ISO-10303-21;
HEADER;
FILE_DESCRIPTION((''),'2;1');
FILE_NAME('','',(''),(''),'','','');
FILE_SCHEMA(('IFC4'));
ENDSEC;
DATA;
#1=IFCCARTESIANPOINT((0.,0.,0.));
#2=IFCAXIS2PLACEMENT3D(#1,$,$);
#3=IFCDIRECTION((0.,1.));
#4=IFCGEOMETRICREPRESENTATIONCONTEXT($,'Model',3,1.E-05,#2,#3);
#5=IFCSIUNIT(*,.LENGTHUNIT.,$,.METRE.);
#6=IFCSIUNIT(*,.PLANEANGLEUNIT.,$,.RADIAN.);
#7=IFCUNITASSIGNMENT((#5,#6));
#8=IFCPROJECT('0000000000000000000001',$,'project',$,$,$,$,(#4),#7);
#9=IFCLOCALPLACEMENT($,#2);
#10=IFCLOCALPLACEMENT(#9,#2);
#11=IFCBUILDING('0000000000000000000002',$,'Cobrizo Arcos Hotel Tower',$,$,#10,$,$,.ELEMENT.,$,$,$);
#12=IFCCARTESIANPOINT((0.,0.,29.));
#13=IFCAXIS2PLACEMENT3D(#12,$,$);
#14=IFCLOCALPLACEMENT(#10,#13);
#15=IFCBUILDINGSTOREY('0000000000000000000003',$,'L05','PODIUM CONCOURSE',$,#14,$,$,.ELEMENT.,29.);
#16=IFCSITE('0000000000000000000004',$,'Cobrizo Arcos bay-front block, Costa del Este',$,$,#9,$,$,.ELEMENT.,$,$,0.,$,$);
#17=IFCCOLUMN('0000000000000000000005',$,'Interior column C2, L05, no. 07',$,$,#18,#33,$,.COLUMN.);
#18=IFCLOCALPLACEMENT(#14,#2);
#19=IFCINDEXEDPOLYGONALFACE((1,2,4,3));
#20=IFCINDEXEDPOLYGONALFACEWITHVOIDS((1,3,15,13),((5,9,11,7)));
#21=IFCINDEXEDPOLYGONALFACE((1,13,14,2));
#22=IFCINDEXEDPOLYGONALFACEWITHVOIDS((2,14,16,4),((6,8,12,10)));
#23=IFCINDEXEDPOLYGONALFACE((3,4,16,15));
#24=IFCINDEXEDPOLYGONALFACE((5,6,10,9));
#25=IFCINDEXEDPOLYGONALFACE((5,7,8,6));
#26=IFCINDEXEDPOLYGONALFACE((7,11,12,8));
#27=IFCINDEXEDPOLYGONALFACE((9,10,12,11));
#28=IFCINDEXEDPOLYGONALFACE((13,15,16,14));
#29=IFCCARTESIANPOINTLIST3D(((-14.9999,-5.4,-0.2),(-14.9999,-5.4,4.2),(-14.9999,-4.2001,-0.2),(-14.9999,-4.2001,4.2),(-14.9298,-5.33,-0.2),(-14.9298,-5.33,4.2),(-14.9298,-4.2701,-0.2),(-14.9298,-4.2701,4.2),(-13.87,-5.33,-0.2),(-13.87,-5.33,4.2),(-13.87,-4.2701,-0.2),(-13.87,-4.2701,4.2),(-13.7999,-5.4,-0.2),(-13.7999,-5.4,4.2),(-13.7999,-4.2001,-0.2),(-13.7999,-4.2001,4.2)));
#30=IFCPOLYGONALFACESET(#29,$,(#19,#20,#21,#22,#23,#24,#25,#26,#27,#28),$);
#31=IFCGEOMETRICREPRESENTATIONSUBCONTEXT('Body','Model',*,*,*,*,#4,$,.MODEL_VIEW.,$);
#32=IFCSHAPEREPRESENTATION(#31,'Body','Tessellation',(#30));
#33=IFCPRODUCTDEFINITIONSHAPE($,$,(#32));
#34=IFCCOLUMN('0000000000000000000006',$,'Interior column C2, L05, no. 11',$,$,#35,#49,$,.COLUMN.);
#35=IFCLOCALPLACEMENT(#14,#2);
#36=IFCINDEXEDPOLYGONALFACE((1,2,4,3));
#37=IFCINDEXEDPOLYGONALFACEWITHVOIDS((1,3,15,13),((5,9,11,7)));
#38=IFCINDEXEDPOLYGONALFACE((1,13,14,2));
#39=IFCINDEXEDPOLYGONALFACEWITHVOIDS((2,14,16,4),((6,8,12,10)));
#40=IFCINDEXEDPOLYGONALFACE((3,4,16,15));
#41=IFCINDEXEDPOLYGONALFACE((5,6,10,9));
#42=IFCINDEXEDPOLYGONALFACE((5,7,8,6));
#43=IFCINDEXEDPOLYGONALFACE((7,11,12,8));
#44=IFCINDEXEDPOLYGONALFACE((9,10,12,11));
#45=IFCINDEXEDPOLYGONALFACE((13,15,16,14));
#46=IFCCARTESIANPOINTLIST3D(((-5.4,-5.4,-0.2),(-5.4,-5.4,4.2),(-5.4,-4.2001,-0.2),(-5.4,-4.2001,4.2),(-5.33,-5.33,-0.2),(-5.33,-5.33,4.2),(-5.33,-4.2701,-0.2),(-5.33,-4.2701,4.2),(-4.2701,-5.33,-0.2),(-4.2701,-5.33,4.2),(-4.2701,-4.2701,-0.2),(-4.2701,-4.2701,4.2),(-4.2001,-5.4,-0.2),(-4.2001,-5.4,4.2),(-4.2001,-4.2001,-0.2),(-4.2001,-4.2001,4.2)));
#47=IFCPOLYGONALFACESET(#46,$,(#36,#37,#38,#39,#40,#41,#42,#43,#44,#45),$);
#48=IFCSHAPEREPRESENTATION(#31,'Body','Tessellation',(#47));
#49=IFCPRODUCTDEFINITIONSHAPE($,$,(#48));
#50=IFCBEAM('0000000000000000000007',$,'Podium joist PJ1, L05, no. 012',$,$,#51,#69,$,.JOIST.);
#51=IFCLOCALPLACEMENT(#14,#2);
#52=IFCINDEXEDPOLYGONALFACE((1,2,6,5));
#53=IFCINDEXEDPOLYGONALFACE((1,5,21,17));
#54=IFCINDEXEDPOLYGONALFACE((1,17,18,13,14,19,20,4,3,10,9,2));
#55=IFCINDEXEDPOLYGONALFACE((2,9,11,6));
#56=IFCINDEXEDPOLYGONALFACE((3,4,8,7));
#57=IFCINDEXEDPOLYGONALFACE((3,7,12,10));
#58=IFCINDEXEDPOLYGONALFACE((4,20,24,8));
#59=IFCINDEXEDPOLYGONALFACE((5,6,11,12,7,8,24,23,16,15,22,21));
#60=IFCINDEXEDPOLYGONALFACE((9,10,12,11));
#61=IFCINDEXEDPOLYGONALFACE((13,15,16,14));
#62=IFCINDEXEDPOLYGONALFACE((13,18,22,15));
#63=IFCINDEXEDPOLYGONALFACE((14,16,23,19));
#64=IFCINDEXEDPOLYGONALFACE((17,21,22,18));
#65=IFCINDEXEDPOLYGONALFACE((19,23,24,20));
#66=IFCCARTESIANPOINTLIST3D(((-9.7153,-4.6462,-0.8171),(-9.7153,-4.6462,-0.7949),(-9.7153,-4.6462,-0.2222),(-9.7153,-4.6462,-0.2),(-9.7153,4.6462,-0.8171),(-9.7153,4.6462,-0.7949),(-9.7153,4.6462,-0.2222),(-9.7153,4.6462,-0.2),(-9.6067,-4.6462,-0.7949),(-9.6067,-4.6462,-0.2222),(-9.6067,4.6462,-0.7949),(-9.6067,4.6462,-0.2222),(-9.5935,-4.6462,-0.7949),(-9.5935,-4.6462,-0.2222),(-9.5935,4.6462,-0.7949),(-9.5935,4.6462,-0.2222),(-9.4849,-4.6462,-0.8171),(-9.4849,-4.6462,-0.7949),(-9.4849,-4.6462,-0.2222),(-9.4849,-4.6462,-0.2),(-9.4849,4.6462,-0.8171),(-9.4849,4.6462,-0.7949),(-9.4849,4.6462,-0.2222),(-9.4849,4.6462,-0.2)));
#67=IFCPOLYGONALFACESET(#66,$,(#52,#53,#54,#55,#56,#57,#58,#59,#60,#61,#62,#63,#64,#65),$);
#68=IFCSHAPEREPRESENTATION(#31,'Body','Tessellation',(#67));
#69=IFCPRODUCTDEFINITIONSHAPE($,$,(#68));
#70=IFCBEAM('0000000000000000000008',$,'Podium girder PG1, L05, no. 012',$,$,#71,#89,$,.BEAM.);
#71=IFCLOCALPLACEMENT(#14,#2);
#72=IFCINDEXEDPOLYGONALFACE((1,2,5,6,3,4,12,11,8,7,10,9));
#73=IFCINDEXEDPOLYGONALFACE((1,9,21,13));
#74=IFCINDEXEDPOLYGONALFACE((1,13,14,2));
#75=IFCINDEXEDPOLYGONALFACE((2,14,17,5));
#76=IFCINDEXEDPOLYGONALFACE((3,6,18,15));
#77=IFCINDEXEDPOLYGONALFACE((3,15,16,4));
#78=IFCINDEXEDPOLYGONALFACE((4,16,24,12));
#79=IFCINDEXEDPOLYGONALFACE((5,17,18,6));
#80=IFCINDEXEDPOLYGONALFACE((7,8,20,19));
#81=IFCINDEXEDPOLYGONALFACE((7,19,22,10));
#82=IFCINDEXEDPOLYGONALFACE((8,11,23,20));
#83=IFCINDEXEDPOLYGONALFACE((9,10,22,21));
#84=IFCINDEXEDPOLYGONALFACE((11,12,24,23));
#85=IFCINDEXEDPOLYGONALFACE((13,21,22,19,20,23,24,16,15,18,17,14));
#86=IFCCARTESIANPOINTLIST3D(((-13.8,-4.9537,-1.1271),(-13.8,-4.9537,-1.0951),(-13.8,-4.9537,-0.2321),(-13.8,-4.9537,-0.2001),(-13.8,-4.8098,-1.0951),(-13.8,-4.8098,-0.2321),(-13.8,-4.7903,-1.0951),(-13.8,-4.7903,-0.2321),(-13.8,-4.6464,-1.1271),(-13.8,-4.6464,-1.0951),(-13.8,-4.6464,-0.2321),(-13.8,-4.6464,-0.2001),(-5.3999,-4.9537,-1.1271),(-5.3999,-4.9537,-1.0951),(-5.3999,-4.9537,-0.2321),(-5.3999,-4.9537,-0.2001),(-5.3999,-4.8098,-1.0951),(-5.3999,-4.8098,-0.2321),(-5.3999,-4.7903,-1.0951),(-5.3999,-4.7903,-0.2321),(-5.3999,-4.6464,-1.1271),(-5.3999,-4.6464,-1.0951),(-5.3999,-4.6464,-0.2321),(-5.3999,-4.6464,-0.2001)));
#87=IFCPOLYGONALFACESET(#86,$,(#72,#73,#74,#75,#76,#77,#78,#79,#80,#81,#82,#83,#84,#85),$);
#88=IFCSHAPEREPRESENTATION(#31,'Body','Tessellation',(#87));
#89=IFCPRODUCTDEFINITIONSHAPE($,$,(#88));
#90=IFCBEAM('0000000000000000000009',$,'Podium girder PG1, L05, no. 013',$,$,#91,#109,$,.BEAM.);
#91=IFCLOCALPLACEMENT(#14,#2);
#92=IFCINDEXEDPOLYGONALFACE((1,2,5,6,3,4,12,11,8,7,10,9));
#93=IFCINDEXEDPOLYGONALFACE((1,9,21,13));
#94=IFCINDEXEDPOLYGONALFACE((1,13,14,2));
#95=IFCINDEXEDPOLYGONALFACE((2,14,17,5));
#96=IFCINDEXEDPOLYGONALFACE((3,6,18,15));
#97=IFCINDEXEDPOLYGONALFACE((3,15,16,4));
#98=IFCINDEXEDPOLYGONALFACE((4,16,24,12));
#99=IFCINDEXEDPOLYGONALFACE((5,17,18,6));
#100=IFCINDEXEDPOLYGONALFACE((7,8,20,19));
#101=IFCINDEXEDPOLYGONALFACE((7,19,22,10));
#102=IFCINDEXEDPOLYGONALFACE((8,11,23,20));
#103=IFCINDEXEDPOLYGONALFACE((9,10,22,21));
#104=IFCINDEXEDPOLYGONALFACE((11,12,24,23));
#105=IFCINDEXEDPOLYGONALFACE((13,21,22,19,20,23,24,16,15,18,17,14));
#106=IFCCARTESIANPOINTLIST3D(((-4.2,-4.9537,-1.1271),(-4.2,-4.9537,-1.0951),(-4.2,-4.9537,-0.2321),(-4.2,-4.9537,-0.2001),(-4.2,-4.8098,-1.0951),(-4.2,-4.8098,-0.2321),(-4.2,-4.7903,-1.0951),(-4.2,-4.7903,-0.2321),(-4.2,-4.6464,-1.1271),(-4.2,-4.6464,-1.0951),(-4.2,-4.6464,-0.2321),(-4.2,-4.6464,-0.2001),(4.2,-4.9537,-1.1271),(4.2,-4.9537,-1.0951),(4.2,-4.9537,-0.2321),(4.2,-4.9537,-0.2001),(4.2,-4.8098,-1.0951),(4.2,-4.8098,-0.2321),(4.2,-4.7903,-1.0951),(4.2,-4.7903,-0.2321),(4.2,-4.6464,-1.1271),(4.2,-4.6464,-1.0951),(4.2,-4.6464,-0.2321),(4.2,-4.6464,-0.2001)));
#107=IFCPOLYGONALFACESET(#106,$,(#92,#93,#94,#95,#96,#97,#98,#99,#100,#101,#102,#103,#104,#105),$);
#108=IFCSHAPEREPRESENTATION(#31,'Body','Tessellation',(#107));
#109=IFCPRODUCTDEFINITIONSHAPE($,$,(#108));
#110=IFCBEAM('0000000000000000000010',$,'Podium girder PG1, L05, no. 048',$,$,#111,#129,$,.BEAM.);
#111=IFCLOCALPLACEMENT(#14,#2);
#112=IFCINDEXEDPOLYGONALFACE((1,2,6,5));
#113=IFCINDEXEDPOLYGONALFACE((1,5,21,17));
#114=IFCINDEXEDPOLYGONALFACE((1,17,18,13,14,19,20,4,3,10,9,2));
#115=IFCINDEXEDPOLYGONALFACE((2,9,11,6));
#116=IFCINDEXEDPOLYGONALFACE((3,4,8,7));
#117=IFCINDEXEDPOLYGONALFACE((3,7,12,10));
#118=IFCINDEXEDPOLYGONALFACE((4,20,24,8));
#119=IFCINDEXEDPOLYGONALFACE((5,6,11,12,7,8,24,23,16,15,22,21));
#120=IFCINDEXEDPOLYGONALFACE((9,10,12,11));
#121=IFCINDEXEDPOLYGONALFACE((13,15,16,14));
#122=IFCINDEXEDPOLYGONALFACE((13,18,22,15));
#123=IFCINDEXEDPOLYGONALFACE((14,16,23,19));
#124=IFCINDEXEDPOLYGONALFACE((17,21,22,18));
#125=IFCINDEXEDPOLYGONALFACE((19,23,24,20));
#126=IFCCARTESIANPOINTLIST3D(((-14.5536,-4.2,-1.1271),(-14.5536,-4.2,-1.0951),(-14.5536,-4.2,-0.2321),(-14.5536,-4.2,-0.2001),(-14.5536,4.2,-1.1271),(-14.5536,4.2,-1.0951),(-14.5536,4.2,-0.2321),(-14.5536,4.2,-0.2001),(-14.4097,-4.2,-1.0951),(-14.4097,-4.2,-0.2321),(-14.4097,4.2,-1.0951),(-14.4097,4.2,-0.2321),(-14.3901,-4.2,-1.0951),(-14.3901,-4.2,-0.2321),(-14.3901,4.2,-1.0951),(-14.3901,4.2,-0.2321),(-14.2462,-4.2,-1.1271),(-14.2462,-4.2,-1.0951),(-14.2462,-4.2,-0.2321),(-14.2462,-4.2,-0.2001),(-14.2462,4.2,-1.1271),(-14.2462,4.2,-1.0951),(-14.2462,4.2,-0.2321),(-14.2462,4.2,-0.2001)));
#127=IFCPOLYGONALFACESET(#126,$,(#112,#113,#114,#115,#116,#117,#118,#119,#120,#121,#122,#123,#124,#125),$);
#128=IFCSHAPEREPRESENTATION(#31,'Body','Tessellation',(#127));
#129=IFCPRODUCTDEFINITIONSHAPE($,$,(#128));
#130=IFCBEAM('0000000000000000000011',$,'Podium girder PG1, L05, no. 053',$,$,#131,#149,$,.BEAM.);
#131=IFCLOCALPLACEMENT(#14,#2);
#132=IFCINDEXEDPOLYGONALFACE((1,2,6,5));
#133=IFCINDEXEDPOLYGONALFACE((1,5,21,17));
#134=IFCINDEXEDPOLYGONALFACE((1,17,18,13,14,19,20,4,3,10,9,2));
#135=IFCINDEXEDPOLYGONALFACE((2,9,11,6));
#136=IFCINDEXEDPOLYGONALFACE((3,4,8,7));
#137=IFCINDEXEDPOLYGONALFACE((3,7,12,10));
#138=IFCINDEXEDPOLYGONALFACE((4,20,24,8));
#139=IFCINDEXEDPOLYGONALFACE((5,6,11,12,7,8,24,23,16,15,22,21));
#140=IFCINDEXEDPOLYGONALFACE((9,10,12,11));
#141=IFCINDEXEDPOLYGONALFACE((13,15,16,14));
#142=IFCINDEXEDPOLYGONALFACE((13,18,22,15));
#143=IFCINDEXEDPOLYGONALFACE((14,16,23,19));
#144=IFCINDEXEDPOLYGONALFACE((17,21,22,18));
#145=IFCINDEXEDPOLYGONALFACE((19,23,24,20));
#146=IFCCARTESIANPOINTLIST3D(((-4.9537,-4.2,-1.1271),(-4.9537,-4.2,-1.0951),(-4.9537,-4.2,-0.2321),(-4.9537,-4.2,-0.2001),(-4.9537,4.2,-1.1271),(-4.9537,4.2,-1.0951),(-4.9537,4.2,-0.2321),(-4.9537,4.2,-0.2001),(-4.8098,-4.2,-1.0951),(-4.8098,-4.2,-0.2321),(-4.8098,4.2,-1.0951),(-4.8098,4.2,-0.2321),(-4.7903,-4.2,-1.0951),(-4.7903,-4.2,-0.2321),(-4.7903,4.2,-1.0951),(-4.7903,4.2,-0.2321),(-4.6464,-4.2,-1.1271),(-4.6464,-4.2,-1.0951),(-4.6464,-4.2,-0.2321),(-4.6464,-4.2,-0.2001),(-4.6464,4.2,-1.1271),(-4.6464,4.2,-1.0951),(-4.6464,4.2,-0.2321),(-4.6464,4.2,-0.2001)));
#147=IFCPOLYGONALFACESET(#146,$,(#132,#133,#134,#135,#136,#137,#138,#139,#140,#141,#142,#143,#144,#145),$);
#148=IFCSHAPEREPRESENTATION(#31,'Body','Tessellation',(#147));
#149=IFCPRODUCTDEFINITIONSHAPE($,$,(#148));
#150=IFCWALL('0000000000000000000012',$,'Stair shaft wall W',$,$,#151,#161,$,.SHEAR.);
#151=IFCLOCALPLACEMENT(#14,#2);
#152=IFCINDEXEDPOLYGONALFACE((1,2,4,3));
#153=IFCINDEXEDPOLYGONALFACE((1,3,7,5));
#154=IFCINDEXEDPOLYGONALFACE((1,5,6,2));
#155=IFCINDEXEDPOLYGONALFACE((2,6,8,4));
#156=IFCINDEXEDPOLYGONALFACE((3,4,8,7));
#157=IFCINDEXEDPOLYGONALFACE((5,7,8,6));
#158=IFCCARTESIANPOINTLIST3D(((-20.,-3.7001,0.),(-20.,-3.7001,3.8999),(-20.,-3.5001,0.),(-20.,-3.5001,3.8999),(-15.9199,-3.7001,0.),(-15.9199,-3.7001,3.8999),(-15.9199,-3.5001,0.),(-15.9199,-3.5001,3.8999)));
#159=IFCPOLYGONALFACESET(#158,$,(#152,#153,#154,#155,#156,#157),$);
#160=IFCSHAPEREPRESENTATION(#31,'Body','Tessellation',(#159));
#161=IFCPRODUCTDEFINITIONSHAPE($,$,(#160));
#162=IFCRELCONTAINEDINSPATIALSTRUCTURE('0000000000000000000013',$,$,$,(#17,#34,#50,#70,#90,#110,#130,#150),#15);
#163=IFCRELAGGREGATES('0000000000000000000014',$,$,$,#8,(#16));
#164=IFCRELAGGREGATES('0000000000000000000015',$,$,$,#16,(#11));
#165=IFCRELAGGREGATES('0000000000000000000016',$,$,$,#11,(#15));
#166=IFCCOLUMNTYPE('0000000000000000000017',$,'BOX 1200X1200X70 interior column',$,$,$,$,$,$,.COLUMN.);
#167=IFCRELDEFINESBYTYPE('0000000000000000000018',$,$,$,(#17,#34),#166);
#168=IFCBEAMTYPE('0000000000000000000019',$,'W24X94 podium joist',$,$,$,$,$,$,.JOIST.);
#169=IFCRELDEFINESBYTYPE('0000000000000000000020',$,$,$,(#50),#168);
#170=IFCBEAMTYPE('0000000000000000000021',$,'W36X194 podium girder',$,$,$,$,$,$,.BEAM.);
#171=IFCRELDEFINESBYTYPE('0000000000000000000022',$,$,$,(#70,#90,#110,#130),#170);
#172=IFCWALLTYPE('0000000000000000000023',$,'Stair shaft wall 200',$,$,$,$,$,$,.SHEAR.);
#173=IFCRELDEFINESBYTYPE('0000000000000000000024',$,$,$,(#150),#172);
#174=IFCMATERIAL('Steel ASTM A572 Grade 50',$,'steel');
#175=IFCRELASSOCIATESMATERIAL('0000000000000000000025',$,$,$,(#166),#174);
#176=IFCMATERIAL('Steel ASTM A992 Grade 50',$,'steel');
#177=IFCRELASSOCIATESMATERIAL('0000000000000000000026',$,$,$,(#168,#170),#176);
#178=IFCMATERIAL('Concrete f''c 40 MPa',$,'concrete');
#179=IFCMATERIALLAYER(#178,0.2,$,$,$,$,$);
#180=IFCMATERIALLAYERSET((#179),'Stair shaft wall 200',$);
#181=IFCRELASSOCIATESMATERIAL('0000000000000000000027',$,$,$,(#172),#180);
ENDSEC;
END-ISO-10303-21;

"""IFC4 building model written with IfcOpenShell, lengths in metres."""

from ifc_helpers import new_model, si_unit, direction, frame, frame_2d, origin, origin_2d, place, context, subcontext, project, spatial, rectangle, hollow_rectangle, i_section, extrude, material, layer, layer_set, material_profile, profile_set, type_object, element, save


model = new_model("IFC4")

# Units and contexts
model_context = context("Model", 3, precision=1e-05, world=origin(), true_north=direction((0.0, 1.0)))
body_context = subcontext(model_context, "Body", "Model", "MODEL_VIEW")
ifc_project = project(units=[si_unit("LENGTHUNIT", "METRE"), si_unit("PLANEANGLEUNIT", "RADIAN")], contexts=[model_context])

# Site, building, storey
site_placement = place(None, origin())
site = spatial("IfcSite", under=ifc_project, at=site_placement, Name="Cobrizo Arcos bay-front block, Costa del Este", CompositionType="ELEMENT", RefElevation=0.0)
building_placement = place(site_placement, origin())
building = spatial("IfcBuilding", under=site, at=building_placement, Name="Cobrizo Arcos Hotel Tower", CompositionType="ELEMENT")
storey_placement = place(building_placement, frame((0.0, 0.0, 29.0)))
storey = spatial("IfcBuildingStorey", under=building, at=storey_placement, Name="L05", Description="PODIUM CONCOURSE", CompositionType="ELEMENT", Elevation=29.0)

# Columns
ifc_material_1 = material(Name="Steel ASTM A572 Grade 50", Category="steel")
ifc_material_profile_1 = material_profile(ifc_material_1, hollow_rectangle(XDim=1.2, YDim=1.2, WallThickness=0.0701, at=origin_2d()), Name="BOX 1200X1200X70")
ifc_profile_set_1 = profile_set([ifc_material_profile_1], Name="Steel ASTM A572 Grade 50")
column_type = type_object("IfcColumnType", Name="BOX 1200X1200X70 interior column", PredefinedType="COLUMN", material=ifc_profile_set_1)
for number, where, z_axis, x_axis, name in (
    (1, (-14.3999, -4.8, -0.2), (0.0, 0.0, 1.0), (1.0, 0.0, 0.0), "Interior column C2, L05, no. 07"),
    (2, (-4.8, -4.8, -0.2), (0.0, 0.0, 1.0), (1.0, 0.0, 0.0), "Interior column C2, L05, no. 11"),
):
    element("IfcColumn", number, at=place(storey_placement, frame(where, z_axis=z_axis, x_axis=x_axis)), inside=storey, type_object=column_type, Name=name, PredefinedType="COLUMN", context=body_context, shape_type="SweptSolid", body=[
        extrude(hollow_rectangle(XDim=1.2, YDim=1.2, WallThickness=0.0701, at=origin_2d()), origin(), (0.0, 0.0, 1.0), 4.3999),
    ])

# Beams
ifc_material_2 = material(Name="Steel ASTM A992 Grade 50", Category="steel")
ifc_material_profile_2 = material_profile(ifc_material_2, i_section(OverallWidth=0.2305, OverallDepth=0.6172, WebThickness=0.0132, FlangeThickness=0.0222, at=origin_2d()), Name="W24X94")
ifc_profile_set_2 = profile_set([ifc_material_profile_2], Name="Steel ASTM A992 Grade 50")
beam_type_1 = type_object("IfcBeamType", Name="W24X94 podium joist", PredefinedType="JOIST", material=ifc_profile_set_2)
beam_1_placement = place(storey_placement, frame((-9.6001, -4.6462, -0.5085), z_axis=(0.0, 1.0, 0.0), x_axis=(-1.0, 0.0, 0.0)))
element("IfcBeam", 3, at=beam_1_placement, inside=storey, type_object=beam_type_1, Name="Podium joist PJ1, L05, no. 012", PredefinedType="JOIST", context=body_context, shape_type="SweptSolid", body=[
    extrude(i_section(OverallWidth=0.2305, OverallDepth=0.6172, WebThickness=0.0132, FlangeThickness=0.0222, at=origin_2d()), origin(), (0.0, 0.0, 1.0), 9.2925),
])
ifc_material_profile_3 = material_profile(ifc_material_2, i_section(OverallWidth=0.3074, OverallDepth=0.927, WebThickness=0.0195, FlangeThickness=0.032, at=origin_2d()), Name="W36X194")
ifc_profile_set_3 = profile_set([ifc_material_profile_3], Name="Steel ASTM A992 Grade 50")
beam_type_2 = type_object("IfcBeamType", Name="W36X194 podium girder", PredefinedType="BEAM", material=ifc_profile_set_3)
beam_2_placement = place(storey_placement, frame((-13.8, -4.8, -0.6636), z_axis=(1.0, 0.0, 0.0), x_axis=(0.0, 1.0, 0.0)))
element("IfcBeam", 4, at=beam_2_placement, inside=storey, type_object=beam_type_2, Name="Podium girder PG1, L05, no. 012", PredefinedType="BEAM", context=body_context, shape_type="SweptSolid", body=[
    extrude(i_section(OverallWidth=0.3074, OverallDepth=0.927, WebThickness=0.0195, FlangeThickness=0.032, at=origin_2d()), origin(), (0.0, 0.0, 1.0), 8.4001),
])
for number, where, z_axis, x_axis, name in (
    (5, (-4.2, -4.8, -0.6636), (1.0, 0.0, 0.0), (0.0, 1.0, 0.0), "Podium girder PG1, L05, no. 013"),
    (6, (-14.3999, -4.2, -0.6636), (0.0, 1.0, 0.0), (-1.0, 0.0, 0.0), "Podium girder PG1, L05, no. 048"),
    (7, (-4.8, -4.2, -0.6636), (0.0, 1.0, 0.0), (-1.0, 0.0, 0.0), "Podium girder PG1, L05, no. 053"),
):
    element("IfcBeam", number, at=place(storey_placement, frame(where, z_axis=z_axis, x_axis=x_axis)), inside=storey, type_object=beam_type_2, Name=name, PredefinedType="BEAM", context=body_context, shape_type="SweptSolid", body=[
        extrude(i_section(OverallWidth=0.3074, OverallDepth=0.927, WebThickness=0.0195, FlangeThickness=0.032, at=origin_2d()), origin(), (0.0, 0.0, 1.0), 8.3999),
    ])

# Wall
ifc_material_3 = material(Name="Concrete f'c 40 MPa", Category="concrete")
ifc_layer = layer(ifc_material_3, 0.2)
ifc_layer_set = layer_set([ifc_layer], Name="Stair shaft wall 200")
wall_type = type_object("IfcWallType", Name="Stair shaft wall 200", PredefinedType="SHEAR", material=ifc_layer_set)
wall_placement = place(storey_placement, frame((-20.0, -3.6001, 0.0), z_axis=(0.0, 0.0, 1.0), x_axis=(1.0, 0.0, 0.0)))
element("IfcWall", 8, at=wall_placement, inside=storey, type_object=wall_type, Name="Stair shaft wall W", PredefinedType="SHEAR", context=body_context, shape_type="SweptSolid", body=[
    extrude(rectangle(XDim=4.0801, YDim=0.2, at=frame_2d((2.04, 0.0))), origin(), (0.0, 0.0, 1.0), 3.8999),
])

save(model, "model.ifc")
